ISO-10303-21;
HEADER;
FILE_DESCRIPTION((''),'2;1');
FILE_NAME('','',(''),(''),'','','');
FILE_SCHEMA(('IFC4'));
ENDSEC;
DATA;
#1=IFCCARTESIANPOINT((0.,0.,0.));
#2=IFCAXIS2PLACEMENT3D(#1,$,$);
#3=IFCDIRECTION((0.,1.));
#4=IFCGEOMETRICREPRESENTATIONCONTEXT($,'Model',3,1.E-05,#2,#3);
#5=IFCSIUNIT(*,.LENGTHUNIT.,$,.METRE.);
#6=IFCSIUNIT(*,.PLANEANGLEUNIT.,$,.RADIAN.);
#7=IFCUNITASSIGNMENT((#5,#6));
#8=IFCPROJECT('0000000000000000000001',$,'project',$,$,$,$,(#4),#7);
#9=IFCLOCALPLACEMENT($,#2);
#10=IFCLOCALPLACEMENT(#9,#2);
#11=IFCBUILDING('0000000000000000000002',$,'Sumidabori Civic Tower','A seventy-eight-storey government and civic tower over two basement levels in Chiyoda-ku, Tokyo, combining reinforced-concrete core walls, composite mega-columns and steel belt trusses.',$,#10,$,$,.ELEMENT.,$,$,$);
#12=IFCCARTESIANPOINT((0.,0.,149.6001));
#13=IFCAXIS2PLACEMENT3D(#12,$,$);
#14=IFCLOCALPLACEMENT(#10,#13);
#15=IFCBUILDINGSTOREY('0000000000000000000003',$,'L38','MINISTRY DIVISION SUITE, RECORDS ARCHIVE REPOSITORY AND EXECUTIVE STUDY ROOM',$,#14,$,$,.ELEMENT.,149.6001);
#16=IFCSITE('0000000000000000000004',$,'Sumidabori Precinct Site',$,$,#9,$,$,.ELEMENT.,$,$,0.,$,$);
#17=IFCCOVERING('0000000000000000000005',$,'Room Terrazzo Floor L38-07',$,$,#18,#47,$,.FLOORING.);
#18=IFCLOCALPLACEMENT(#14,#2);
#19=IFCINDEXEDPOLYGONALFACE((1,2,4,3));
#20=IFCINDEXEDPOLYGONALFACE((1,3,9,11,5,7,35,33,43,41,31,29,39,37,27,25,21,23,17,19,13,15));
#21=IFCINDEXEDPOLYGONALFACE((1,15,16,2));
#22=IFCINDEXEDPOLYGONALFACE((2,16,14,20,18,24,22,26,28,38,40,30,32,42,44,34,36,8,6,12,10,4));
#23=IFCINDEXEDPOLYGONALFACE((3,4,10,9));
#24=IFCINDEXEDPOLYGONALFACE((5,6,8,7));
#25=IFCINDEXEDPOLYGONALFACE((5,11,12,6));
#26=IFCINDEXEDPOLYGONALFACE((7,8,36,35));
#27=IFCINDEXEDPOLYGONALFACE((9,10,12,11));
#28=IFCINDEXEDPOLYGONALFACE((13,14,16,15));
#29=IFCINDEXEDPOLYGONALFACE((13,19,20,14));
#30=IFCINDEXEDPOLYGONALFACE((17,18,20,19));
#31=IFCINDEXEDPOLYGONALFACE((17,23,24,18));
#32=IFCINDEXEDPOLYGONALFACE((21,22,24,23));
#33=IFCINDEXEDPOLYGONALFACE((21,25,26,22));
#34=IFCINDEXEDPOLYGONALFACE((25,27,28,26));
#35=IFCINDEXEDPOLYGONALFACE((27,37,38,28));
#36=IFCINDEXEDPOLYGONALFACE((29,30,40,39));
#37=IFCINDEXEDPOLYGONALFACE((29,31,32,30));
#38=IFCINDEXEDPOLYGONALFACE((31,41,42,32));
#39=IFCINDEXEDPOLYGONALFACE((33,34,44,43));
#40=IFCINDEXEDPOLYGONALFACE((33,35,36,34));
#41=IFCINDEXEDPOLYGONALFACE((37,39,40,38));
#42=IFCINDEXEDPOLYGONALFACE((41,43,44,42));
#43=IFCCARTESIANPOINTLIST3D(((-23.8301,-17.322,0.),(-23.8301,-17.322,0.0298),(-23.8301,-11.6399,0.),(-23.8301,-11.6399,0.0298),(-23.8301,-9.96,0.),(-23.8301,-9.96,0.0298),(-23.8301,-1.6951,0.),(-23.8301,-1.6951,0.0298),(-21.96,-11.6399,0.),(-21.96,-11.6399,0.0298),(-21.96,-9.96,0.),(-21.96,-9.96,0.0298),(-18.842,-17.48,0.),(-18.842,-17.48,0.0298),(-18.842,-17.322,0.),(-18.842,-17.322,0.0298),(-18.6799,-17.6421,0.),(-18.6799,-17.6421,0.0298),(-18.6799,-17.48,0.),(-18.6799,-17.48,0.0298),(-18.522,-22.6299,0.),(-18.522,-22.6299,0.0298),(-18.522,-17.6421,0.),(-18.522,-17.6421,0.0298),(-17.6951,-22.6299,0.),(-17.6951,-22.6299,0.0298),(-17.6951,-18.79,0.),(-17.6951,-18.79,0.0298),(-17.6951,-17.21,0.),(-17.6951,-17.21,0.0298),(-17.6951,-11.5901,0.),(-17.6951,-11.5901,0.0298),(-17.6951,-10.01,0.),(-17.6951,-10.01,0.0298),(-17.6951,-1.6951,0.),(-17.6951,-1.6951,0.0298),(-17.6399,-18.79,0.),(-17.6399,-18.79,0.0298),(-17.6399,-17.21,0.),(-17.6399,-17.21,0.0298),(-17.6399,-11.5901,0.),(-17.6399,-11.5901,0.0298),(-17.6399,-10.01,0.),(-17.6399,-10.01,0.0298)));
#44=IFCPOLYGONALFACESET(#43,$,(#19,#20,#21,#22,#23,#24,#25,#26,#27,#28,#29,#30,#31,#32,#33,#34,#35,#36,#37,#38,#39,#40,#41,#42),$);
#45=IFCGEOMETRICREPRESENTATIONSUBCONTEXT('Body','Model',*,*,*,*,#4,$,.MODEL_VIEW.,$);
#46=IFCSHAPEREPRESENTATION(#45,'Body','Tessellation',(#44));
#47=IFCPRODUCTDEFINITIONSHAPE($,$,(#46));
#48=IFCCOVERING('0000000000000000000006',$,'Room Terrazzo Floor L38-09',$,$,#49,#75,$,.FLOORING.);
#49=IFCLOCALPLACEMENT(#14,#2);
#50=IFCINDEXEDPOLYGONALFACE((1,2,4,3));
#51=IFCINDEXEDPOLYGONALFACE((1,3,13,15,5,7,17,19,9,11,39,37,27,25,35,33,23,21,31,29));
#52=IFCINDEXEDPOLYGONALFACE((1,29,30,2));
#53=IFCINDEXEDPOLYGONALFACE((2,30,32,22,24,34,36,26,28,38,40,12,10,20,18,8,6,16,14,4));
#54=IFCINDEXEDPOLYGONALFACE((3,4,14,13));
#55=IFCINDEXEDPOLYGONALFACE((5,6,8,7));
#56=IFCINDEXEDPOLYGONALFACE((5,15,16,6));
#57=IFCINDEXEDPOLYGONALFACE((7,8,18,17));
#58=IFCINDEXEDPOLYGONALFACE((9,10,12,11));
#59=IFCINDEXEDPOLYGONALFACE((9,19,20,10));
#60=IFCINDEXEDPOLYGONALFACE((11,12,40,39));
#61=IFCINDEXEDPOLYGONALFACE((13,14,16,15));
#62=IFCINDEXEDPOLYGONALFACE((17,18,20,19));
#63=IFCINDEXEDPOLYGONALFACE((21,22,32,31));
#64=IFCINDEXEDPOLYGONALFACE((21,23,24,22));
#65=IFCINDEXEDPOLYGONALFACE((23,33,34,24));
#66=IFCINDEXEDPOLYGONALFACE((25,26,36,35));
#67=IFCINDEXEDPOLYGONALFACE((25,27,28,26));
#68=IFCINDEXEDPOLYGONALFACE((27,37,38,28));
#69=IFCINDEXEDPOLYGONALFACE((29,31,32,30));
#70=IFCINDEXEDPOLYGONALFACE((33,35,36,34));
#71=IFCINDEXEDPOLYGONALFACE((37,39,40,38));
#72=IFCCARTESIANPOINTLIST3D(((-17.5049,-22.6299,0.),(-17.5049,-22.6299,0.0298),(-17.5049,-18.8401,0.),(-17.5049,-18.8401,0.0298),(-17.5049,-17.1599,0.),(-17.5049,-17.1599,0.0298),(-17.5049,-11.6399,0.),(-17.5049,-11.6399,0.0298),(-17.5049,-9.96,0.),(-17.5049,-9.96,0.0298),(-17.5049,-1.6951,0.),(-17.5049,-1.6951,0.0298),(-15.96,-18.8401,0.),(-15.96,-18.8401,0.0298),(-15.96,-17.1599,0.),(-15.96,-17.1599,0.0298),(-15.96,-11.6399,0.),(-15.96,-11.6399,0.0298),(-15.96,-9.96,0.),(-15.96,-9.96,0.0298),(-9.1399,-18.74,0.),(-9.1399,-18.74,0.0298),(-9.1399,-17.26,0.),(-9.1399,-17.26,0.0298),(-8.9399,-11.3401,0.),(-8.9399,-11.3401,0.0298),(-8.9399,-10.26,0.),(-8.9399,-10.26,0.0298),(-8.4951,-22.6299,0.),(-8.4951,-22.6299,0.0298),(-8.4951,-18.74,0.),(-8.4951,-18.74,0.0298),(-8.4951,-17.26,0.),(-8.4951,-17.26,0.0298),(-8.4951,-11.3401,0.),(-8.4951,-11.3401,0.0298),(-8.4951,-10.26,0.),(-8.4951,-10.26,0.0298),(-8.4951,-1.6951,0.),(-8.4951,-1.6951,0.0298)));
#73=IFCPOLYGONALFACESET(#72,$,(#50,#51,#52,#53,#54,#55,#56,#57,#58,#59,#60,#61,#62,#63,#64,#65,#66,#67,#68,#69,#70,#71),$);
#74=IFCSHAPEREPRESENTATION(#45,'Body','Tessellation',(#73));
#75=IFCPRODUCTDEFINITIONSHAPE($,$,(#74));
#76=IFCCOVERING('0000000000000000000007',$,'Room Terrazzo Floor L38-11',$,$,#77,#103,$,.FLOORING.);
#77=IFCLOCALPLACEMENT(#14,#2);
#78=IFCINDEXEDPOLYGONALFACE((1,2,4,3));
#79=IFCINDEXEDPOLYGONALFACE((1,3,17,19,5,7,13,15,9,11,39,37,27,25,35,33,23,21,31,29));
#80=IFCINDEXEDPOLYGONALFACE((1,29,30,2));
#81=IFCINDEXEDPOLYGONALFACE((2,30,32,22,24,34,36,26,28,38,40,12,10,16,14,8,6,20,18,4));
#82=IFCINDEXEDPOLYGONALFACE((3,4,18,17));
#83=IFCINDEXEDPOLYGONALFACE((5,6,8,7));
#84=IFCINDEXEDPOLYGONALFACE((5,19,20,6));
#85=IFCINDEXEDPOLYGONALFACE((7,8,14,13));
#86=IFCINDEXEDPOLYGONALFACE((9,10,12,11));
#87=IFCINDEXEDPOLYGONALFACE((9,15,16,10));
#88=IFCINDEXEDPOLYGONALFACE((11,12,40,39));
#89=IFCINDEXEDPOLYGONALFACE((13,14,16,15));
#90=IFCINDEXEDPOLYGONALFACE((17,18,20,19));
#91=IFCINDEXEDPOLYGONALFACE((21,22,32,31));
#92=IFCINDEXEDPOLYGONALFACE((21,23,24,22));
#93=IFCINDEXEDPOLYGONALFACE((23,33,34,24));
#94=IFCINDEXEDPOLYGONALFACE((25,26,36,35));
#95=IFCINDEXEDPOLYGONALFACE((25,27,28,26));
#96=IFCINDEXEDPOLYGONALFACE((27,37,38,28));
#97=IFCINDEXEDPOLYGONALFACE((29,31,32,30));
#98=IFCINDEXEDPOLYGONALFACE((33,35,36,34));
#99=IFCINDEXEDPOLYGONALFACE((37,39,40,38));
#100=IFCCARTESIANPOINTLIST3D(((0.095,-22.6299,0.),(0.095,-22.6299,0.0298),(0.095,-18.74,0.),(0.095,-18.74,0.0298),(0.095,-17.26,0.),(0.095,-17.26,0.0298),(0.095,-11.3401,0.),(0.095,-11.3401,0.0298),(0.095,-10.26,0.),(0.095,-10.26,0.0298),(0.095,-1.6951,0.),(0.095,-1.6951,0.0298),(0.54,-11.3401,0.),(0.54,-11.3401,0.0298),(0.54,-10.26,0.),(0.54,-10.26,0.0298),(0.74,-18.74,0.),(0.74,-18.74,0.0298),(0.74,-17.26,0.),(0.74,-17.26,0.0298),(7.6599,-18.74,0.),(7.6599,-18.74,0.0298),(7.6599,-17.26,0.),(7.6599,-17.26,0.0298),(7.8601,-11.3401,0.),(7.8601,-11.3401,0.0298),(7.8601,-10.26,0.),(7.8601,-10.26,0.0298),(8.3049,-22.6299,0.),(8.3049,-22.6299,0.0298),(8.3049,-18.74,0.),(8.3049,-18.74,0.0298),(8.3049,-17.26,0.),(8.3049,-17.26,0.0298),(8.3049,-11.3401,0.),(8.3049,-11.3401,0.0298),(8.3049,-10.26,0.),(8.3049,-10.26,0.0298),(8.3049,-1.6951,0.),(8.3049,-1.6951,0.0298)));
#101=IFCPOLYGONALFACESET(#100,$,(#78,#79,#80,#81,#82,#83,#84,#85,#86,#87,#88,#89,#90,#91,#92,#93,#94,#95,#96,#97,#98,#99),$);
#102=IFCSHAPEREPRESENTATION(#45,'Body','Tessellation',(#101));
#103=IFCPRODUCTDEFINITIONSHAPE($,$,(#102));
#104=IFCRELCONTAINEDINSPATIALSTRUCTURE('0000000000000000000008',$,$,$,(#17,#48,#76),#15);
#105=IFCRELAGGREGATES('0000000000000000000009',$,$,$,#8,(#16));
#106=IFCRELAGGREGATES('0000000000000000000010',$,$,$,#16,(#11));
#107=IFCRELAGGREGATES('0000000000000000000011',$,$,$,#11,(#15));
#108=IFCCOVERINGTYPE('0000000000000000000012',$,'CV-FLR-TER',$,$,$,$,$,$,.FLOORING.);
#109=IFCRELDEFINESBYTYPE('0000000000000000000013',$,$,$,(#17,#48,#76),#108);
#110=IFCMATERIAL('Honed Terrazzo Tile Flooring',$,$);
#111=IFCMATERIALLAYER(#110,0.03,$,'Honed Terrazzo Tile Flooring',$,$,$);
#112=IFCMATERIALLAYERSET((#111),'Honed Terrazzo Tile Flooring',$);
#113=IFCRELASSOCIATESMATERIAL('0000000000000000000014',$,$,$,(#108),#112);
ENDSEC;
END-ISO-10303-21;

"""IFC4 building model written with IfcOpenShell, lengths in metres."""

from ifc_helpers import new_model, si_unit, direction, frame, origin, place, context, subcontext, project, spatial, polyline, outline, extrude, material, layer, layer_set, type_object, element, save


model = new_model("IFC4")

# Units and contexts
model_context = context("Model", 3, precision=1e-05, world=origin(), true_north=direction((0.0, 1.0)))
body_context = subcontext(model_context, "Body", "Model", "MODEL_VIEW")
ifc_project = project(units=[si_unit("LENGTHUNIT", "METRE"), si_unit("PLANEANGLEUNIT", "RADIAN")], contexts=[model_context])

# Site, building, storey
site_placement = place(None, origin())
site = spatial("IfcSite", under=ifc_project, at=site_placement, Name="Sumidabori Precinct Site", CompositionType="ELEMENT", RefElevation=0.0)
building_placement = place(site_placement, origin())
building = spatial("IfcBuilding", under=site, at=building_placement, Name="Sumidabori Civic Tower", Description="A seventy-eight-storey government and civic tower over two basement levels in Chiyoda-ku, Tokyo, combining reinforced-concrete core walls, composite mega-columns and steel belt trusses.", CompositionType="ELEMENT")
storey_placement = place(building_placement, frame((0.0, 0.0, 149.6001)))
storey = spatial("IfcBuildingStorey", under=building, at=storey_placement, Name="L38", Description="MINISTRY DIVISION SUITE, RECORDS ARCHIVE REPOSITORY AND EXECUTIVE STUDY ROOM", CompositionType="ELEMENT", Elevation=149.6001)

# Coverings
ifc_material_1 = material(Name="Honed Terrazzo Tile Flooring")
ifc_layer_1 = layer(ifc_material_1, 0.03, Name="Honed Terrazzo Tile Flooring")
ifc_layer_set_1 = layer_set([ifc_layer_1], Name="Honed Terrazzo Tile Flooring")
covering_type_1 = type_object("IfcCoveringType", Name="CV-FLR-TER", PredefinedType="FLOORING", material=ifc_layer_set_1)
covering_1_placement = place(storey_placement, origin())
element("IfcCovering", 1, at=covering_1_placement, inside=storey, type_object=covering_type_1, Name="Room Terrazzo Floor L38-07", PredefinedType="FLOORING", context=body_context, shape_type="SweptSolid", body=[
    extrude(outline(polyline([(-21.96, -11.6399), (-21.96, -9.96), (-23.8301, -9.96), (-23.8301, -1.6951), (-17.6951, -1.6951), (-17.6951, -10.01), (-17.6399, -10.01), (-17.6399, -11.5901), (-17.6951, -11.5901), (-17.6951, -17.21), (-17.6399, -17.21), (-17.6399, -18.79), (-17.6951, -18.79), (-17.6951, -22.6299), (-18.522, -22.6299), (-18.522, -17.6421), (-18.6799, -17.6421), (-18.6799, -17.48), (-18.842, -17.48), (-18.842, -17.322), (-23.8301, -17.322), (-23.8301, -11.6399), (-21.96, -11.6399)])), origin(), (0.0, 0.0, 1.0), 0.0298),
])
covering_2_placement = place(storey_placement, origin())
element("IfcCovering", 2, at=covering_2_placement, inside=storey, type_object=covering_type_1, Name="Room Terrazzo Floor L38-09", PredefinedType="FLOORING", context=body_context, shape_type="SweptSolid", body=[
    extrude(outline(polyline([(-17.5049, -18.8401), (-15.96, -18.8401), (-15.96, -17.1599), (-17.5049, -17.1599), (-17.5049, -11.6399), (-15.96, -11.6399), (-15.96, -9.96), (-17.5049, -9.96), (-17.5049, -1.6951), (-8.4951, -1.6951), (-8.4951, -10.26), (-8.9399, -10.26), (-8.9399, -11.3401), (-8.4951, -11.3401), (-8.4951, -17.26), (-9.1399, -17.26), (-9.1399, -18.74), (-8.4951, -18.74), (-8.4951, -22.6299), (-17.5049, -22.6299), (-17.5049, -18.8401)])), origin(), (0.0, 0.0, 1.0), 0.0298),
])
covering_3_placement = place(storey_placement, origin())
element("IfcCovering", 3, at=covering_3_placement, inside=storey, type_object=covering_type_1, Name="Room Terrazzo Floor L38-11", PredefinedType="FLOORING", context=body_context, shape_type="SweptSolid", body=[
    extrude(outline(polyline([(0.095, -18.74), (0.74, -18.74), (0.74, -17.26), (0.095, -17.26), (0.095, -11.3401), (0.54, -11.3401), (0.54, -10.26), (0.095, -10.26), (0.095, -1.6951), (8.3049, -1.6951), (8.3049, -10.26), (7.8601, -10.26), (7.8601, -11.3401), (8.3049, -11.3401), (8.3049, -17.26), (7.6599, -17.26), (7.6599, -18.74), (8.3049, -18.74), (8.3049, -22.6299), (0.095, -22.6299), (0.095, -18.74)])), origin(), (0.0, 0.0, 1.0), 0.0298),
])

save(model, "model.ifc")
